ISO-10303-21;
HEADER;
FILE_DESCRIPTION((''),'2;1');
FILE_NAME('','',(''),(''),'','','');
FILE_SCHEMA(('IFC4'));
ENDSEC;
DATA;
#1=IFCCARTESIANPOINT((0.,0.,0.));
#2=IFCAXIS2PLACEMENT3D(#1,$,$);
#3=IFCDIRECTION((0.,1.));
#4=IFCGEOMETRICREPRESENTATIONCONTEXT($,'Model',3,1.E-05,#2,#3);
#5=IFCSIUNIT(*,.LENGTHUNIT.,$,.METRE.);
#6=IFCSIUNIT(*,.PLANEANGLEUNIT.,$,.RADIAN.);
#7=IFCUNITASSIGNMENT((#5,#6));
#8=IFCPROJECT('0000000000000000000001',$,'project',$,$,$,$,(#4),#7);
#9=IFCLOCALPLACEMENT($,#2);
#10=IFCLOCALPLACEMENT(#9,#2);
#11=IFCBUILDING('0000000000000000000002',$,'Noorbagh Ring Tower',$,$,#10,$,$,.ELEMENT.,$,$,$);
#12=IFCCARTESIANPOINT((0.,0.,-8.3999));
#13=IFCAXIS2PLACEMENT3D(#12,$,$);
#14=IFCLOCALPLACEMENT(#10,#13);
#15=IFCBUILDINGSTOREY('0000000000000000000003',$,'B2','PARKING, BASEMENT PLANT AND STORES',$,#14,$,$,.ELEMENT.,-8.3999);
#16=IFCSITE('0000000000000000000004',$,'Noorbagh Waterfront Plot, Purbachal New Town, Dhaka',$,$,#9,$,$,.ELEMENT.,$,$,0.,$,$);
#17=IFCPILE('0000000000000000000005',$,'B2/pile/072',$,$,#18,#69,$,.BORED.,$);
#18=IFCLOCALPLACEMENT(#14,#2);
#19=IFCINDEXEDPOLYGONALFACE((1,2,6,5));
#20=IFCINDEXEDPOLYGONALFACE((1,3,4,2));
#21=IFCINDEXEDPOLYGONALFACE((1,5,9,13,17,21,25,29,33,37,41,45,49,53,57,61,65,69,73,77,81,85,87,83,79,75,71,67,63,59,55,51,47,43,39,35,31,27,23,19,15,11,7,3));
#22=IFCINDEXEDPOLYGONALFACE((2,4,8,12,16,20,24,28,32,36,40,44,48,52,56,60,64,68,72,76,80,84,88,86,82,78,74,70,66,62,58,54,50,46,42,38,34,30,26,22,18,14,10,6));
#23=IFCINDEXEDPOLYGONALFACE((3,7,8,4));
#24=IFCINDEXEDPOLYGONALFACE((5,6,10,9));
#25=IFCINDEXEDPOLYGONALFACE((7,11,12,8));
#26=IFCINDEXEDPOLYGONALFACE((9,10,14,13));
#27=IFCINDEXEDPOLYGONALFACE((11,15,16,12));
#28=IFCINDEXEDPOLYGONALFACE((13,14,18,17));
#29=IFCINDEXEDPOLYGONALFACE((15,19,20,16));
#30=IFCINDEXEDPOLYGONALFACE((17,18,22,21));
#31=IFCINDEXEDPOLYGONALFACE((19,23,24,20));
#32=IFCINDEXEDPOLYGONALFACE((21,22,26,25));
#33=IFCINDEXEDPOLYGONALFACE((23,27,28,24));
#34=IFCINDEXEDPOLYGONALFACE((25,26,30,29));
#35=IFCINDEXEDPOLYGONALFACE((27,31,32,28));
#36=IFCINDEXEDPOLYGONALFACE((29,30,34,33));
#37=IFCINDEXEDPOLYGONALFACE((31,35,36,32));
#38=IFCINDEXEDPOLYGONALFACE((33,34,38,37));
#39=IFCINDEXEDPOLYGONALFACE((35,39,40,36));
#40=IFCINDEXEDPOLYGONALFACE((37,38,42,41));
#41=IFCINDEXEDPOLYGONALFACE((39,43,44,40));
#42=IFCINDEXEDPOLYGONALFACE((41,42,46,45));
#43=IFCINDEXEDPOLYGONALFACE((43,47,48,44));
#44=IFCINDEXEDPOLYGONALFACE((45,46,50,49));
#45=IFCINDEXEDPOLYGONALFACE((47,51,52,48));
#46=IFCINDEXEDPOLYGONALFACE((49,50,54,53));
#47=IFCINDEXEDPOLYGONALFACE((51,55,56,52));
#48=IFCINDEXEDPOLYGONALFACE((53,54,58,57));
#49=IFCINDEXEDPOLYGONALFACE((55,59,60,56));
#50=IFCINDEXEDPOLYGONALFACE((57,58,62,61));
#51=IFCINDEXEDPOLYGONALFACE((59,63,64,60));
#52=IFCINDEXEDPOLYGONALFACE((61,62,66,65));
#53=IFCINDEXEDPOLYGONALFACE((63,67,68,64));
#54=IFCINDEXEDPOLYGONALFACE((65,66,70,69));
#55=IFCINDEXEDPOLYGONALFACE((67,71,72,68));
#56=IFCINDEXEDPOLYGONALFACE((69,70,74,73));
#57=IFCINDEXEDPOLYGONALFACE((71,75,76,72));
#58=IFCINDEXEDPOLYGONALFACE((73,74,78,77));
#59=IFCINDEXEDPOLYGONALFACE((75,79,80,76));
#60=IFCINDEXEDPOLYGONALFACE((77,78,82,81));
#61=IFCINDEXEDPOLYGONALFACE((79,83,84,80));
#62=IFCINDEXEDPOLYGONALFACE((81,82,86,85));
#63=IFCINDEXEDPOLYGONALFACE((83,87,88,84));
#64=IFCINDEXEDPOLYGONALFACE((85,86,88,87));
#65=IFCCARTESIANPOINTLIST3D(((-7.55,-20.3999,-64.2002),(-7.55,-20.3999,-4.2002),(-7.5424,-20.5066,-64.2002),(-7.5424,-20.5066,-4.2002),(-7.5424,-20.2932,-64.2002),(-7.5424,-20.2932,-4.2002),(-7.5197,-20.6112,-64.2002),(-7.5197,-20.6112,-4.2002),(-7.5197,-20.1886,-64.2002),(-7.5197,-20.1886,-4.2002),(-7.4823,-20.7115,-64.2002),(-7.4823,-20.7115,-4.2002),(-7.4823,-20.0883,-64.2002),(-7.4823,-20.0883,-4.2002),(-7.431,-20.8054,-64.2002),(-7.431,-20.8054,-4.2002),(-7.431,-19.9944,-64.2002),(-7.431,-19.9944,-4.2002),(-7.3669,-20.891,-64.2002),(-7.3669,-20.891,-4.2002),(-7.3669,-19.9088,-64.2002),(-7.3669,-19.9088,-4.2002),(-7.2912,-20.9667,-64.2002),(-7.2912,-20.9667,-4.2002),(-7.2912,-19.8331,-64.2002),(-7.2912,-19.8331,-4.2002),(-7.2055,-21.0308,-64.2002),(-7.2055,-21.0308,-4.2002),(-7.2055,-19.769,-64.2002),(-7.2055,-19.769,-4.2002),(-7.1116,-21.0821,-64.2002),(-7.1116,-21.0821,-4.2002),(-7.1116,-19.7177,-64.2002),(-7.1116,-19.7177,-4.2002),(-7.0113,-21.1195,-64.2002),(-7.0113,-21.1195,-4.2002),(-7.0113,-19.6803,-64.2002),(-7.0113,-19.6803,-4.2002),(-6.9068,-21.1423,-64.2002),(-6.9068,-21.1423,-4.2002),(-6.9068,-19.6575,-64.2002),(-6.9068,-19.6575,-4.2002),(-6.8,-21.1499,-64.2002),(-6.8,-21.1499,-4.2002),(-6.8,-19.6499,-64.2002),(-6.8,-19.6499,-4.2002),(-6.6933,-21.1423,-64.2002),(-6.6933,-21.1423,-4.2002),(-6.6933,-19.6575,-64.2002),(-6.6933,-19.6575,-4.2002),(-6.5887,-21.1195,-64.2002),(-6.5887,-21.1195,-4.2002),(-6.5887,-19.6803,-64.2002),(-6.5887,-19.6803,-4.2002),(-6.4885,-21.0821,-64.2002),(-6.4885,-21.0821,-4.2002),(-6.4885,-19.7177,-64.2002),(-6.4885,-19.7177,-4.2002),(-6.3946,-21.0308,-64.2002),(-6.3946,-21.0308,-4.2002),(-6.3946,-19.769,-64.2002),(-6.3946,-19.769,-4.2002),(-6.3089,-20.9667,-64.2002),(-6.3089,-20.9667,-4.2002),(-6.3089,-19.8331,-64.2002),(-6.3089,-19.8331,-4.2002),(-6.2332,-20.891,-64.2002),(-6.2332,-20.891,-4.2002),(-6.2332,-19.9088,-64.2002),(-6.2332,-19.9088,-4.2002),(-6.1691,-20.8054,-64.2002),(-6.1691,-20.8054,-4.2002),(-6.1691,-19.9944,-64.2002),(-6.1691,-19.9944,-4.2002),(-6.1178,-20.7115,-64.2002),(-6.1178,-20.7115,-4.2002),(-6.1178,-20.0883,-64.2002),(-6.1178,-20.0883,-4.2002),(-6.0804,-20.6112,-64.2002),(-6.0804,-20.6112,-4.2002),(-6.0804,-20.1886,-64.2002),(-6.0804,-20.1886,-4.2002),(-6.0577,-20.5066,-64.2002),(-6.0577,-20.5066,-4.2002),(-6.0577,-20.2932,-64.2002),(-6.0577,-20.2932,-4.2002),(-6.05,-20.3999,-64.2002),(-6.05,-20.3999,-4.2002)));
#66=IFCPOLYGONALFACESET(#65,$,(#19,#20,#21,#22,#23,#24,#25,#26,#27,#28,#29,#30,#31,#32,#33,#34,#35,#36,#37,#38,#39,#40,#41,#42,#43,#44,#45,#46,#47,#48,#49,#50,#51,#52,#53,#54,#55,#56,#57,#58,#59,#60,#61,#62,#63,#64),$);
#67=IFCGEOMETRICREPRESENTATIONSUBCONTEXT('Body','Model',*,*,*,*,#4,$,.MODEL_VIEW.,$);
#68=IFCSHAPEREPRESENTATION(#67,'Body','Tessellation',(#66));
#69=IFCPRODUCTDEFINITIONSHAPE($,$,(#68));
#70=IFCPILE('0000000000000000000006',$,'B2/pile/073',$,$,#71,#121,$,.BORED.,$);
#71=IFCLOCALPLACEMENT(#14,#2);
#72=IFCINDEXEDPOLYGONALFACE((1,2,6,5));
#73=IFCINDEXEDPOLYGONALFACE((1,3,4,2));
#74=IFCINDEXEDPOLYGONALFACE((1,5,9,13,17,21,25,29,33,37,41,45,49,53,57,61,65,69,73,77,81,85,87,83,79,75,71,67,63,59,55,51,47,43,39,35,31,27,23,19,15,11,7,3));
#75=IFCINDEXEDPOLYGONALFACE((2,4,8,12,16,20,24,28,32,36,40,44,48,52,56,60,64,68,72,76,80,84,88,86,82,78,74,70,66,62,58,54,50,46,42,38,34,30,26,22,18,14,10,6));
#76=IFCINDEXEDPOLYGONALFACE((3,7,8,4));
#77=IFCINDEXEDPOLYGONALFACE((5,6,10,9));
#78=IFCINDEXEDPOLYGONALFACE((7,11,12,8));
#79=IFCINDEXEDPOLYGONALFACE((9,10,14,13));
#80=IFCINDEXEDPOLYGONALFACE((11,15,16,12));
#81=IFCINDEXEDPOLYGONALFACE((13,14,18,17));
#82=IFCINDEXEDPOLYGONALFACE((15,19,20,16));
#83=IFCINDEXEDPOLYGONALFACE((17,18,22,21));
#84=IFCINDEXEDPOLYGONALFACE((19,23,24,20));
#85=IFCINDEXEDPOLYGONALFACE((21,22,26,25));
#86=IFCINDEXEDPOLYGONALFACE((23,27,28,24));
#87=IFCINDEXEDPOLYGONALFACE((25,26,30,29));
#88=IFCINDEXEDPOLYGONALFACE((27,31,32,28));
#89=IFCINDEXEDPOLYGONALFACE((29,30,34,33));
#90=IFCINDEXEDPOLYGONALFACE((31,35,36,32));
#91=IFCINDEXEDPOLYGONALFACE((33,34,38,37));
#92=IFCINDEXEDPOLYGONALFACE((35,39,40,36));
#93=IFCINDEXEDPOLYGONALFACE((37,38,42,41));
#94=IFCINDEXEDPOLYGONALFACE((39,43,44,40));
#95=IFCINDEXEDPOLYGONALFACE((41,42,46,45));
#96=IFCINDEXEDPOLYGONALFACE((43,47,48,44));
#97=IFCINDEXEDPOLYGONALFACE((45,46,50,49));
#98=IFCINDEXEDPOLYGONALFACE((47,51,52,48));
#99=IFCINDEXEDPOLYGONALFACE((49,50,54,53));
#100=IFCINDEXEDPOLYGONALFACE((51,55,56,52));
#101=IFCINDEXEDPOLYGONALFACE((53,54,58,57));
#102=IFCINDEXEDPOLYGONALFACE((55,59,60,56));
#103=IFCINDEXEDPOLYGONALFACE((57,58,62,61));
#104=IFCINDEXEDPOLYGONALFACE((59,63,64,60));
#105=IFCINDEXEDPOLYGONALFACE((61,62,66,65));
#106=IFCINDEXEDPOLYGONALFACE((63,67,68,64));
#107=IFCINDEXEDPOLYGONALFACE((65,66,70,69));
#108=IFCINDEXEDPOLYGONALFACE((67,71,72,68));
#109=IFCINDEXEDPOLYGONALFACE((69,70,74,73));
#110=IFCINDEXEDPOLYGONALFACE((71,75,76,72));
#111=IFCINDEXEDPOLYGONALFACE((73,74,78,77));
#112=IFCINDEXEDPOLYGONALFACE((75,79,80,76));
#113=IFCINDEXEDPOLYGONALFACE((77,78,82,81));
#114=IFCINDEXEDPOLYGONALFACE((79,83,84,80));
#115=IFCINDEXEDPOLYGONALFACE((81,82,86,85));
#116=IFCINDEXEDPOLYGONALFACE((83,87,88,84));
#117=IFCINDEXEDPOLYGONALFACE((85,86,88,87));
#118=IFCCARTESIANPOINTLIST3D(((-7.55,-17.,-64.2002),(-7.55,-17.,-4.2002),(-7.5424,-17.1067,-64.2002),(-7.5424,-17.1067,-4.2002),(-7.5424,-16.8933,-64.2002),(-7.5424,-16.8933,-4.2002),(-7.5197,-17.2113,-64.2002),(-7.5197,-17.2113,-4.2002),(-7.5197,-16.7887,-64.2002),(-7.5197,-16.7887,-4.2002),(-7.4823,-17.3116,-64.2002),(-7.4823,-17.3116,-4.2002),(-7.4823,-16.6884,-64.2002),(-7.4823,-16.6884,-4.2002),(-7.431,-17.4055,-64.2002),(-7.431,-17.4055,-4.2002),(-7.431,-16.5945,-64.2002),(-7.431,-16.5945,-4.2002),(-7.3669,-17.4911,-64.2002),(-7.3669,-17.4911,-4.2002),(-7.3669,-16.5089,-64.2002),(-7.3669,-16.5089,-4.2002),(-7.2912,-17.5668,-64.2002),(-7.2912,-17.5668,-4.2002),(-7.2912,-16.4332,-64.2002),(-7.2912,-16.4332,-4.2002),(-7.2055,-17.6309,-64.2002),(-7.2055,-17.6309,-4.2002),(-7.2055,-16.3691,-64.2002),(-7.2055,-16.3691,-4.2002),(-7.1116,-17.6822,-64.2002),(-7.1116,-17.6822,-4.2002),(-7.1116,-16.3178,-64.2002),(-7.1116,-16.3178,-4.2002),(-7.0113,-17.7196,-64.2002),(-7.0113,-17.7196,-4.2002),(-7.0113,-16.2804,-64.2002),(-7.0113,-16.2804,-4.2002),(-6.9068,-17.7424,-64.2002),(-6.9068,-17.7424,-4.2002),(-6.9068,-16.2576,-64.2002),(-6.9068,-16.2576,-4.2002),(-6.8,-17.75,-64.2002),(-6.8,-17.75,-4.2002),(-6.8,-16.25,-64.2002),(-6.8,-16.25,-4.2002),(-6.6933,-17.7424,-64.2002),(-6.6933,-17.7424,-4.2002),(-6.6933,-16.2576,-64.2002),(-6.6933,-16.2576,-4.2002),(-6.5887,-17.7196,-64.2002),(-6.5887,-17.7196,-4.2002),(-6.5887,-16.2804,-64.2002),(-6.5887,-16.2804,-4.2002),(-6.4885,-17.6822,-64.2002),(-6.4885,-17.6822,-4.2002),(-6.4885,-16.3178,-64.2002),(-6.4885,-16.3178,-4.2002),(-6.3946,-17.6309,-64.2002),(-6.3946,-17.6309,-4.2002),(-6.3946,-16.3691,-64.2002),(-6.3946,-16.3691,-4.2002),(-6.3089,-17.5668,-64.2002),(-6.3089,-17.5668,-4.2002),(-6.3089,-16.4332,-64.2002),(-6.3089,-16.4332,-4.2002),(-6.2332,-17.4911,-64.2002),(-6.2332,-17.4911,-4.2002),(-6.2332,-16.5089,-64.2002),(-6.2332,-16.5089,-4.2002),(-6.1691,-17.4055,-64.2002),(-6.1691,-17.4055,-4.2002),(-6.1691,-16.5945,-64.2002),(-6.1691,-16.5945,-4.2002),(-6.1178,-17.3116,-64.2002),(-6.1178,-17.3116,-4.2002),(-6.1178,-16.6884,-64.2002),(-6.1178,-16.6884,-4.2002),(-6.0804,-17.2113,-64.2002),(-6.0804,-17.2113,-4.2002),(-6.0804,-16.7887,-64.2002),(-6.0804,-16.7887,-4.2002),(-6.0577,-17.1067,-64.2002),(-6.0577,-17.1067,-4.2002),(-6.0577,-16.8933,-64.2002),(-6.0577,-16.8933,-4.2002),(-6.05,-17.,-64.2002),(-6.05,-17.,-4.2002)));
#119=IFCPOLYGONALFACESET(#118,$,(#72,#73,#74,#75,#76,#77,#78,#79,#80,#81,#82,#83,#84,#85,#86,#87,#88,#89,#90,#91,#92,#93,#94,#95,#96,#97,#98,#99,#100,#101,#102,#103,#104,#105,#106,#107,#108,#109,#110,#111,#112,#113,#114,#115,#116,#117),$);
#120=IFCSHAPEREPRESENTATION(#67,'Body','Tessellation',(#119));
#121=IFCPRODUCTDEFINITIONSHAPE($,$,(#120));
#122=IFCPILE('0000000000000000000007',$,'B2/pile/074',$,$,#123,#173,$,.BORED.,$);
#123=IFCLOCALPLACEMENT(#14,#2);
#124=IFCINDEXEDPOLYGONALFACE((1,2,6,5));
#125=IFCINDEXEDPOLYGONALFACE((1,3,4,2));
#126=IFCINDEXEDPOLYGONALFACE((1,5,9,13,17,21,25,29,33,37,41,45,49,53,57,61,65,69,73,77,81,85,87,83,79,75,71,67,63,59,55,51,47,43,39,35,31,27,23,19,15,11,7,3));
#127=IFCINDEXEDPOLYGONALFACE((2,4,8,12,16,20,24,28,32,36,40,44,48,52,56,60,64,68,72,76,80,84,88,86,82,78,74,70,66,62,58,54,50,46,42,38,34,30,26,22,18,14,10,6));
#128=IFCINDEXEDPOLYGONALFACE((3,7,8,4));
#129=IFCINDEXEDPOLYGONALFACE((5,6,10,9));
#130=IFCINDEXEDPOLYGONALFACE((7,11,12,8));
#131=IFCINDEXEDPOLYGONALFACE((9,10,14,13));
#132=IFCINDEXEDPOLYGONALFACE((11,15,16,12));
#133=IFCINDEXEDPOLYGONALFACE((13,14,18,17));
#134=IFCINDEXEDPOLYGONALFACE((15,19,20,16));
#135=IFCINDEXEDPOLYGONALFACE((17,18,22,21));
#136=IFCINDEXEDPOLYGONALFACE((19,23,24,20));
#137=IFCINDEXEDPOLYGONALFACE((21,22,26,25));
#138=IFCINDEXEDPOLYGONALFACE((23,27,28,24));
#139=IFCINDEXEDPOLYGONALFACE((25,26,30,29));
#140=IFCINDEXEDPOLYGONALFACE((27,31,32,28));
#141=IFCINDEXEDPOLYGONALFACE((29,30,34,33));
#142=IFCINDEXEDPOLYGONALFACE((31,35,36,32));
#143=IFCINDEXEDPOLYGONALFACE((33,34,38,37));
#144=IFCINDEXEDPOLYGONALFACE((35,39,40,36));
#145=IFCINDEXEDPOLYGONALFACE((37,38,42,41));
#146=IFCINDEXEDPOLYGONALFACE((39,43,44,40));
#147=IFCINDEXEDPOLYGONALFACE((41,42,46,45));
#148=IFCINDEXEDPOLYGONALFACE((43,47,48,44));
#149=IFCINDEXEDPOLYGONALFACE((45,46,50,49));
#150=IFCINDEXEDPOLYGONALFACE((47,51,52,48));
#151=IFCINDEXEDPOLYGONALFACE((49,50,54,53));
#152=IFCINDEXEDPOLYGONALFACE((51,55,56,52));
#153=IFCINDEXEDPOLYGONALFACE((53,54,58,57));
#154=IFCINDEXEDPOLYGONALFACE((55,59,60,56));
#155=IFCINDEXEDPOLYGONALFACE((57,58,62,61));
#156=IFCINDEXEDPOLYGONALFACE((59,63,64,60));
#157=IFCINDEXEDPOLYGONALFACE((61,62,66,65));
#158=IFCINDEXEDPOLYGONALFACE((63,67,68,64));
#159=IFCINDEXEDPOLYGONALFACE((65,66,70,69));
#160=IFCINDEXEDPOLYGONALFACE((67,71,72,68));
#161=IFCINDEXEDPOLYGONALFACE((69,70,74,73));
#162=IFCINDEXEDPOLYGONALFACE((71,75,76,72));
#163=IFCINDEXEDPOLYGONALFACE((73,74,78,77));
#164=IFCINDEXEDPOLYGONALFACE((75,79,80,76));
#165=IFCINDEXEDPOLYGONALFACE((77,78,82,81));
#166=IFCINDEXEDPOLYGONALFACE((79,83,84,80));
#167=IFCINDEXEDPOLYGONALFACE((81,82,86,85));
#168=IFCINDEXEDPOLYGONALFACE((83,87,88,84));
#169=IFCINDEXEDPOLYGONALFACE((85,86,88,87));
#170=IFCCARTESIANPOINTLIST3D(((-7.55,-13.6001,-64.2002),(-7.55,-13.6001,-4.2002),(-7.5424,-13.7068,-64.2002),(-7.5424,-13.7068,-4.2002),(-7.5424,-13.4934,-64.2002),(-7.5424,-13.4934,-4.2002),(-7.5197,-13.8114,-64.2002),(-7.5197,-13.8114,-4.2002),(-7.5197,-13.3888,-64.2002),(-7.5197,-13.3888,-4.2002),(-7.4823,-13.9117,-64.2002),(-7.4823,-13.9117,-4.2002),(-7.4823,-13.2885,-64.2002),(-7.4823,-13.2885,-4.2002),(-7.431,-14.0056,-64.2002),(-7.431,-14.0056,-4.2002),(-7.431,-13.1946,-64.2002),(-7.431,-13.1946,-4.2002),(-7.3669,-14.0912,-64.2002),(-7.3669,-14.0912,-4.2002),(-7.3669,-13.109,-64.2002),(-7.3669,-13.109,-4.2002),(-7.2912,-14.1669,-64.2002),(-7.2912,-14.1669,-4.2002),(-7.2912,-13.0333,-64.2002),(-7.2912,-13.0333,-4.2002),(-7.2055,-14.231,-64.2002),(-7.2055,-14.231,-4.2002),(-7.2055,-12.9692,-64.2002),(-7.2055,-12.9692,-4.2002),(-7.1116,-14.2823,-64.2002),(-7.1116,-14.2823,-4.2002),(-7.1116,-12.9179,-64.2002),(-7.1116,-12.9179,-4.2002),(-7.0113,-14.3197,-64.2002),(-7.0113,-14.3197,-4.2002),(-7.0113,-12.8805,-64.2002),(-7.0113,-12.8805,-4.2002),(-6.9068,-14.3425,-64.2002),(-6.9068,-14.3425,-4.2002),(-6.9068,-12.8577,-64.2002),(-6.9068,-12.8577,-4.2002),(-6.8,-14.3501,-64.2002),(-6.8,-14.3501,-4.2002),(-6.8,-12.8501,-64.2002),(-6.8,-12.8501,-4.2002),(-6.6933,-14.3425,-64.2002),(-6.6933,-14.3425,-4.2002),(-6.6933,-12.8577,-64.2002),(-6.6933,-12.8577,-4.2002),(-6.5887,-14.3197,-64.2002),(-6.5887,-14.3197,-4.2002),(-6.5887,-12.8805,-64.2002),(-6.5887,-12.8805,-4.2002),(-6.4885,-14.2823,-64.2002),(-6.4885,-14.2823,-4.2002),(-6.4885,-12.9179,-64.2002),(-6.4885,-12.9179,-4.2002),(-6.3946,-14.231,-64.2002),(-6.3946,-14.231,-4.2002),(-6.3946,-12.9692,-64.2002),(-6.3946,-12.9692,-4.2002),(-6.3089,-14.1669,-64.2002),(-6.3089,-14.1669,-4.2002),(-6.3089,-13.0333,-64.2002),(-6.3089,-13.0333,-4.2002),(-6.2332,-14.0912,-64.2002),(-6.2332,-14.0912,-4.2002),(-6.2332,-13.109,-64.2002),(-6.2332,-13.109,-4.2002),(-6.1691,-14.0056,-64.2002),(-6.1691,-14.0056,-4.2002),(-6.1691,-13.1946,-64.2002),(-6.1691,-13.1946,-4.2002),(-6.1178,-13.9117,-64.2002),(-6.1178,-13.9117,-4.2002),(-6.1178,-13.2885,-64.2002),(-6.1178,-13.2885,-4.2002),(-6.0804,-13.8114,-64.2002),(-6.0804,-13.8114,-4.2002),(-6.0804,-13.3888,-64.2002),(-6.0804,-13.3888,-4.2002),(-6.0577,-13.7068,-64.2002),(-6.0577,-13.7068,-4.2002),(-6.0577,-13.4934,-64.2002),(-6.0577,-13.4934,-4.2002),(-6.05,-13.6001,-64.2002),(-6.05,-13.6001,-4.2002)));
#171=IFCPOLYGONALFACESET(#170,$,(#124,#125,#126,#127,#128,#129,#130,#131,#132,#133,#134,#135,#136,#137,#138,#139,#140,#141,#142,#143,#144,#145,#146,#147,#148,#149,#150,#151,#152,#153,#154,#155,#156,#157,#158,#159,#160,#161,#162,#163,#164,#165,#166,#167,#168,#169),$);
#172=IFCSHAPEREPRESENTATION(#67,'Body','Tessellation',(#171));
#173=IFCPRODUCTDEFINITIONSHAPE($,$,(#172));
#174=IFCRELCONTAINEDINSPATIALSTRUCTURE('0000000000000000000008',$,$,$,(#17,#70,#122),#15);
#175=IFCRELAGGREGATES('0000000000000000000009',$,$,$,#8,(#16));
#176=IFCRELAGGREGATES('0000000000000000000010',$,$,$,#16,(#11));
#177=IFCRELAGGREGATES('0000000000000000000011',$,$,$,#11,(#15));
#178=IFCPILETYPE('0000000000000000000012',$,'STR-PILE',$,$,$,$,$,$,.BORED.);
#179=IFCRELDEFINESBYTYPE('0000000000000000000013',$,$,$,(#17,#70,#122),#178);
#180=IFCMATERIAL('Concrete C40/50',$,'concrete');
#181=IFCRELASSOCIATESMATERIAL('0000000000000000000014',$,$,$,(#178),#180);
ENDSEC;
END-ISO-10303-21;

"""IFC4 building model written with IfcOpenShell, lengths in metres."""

from ifc_helpers import new_model, si_unit, direction, frame, origin, origin_2d, place, context, subcontext, project, spatial, circle, extrude, material, material_profile, profile_set, type_object, element, save


model = new_model("IFC4")

# Units and contexts
model_context = context("Model", 3, precision=1e-05, world=origin(), true_north=direction((0.0, 1.0)))
body_context = subcontext(model_context, "Body", "Model", "MODEL_VIEW")
ifc_project = project(units=[si_unit("LENGTHUNIT", "METRE"), si_unit("PLANEANGLEUNIT", "RADIAN")], contexts=[model_context])

# Site, building, storey
site_placement = place(None, origin())
site = spatial("IfcSite", under=ifc_project, at=site_placement, Name="Noorbagh Waterfront Plot, Purbachal New Town, Dhaka", CompositionType="ELEMENT", RefElevation=0.0)
building_placement = place(site_placement, origin())
building = spatial("IfcBuilding", under=site, at=building_placement, Name="Noorbagh Ring Tower", CompositionType="ELEMENT")
storey_placement = place(building_placement, frame((0.0, 0.0, -8.3999)))
storey = spatial("IfcBuildingStorey", under=building, at=storey_placement, Name="B2", Description="PARKING, BASEMENT PLANT AND STORES", CompositionType="ELEMENT", Elevation=-8.3999)

# Piles
ifc_material_1 = material(Name="Concrete C40/50", Category="concrete")
ifc_material_profile_1 = material_profile(ifc_material_1, circle(Radius=0.75, at=origin_2d()), Name="PILE1500")
ifc_profile_set_1 = profile_set([ifc_material_profile_1], Name="Concrete C40/50")
pile_type = type_object("IfcPileType", Name="STR-PILE", PredefinedType="BORED", material=ifc_profile_set_1)
for number, where, z_axis, x_axis, name in (
    (1, (-6.8, -20.3999, -4.2002), (0.0, 0.0, -1.0), (1.0, 0.0, 0.0), "B2/pile/072"),
    (2, (-6.8, -17.0, -4.2002), (0.0, 0.0, -1.0), (1.0, 0.0, 0.0), "B2/pile/073"),
    (3, (-6.8, -13.6001, -4.2002), (0.0, 0.0, -1.0), (1.0, 0.0, 0.0), "B2/pile/074"),
):
    element("IfcPile", number, at=place(storey_placement, frame(where, z_axis=z_axis, x_axis=x_axis)), inside=storey, type_object=pile_type, Name=name, PredefinedType="BORED", context=body_context, shape_type="SweptSolid", body=[
        extrude(circle(Radius=0.75, at=origin_2d()), origin(), (0.0, 0.0, 1.0), 60.0),
    ])

save(model, "model.ifc")
